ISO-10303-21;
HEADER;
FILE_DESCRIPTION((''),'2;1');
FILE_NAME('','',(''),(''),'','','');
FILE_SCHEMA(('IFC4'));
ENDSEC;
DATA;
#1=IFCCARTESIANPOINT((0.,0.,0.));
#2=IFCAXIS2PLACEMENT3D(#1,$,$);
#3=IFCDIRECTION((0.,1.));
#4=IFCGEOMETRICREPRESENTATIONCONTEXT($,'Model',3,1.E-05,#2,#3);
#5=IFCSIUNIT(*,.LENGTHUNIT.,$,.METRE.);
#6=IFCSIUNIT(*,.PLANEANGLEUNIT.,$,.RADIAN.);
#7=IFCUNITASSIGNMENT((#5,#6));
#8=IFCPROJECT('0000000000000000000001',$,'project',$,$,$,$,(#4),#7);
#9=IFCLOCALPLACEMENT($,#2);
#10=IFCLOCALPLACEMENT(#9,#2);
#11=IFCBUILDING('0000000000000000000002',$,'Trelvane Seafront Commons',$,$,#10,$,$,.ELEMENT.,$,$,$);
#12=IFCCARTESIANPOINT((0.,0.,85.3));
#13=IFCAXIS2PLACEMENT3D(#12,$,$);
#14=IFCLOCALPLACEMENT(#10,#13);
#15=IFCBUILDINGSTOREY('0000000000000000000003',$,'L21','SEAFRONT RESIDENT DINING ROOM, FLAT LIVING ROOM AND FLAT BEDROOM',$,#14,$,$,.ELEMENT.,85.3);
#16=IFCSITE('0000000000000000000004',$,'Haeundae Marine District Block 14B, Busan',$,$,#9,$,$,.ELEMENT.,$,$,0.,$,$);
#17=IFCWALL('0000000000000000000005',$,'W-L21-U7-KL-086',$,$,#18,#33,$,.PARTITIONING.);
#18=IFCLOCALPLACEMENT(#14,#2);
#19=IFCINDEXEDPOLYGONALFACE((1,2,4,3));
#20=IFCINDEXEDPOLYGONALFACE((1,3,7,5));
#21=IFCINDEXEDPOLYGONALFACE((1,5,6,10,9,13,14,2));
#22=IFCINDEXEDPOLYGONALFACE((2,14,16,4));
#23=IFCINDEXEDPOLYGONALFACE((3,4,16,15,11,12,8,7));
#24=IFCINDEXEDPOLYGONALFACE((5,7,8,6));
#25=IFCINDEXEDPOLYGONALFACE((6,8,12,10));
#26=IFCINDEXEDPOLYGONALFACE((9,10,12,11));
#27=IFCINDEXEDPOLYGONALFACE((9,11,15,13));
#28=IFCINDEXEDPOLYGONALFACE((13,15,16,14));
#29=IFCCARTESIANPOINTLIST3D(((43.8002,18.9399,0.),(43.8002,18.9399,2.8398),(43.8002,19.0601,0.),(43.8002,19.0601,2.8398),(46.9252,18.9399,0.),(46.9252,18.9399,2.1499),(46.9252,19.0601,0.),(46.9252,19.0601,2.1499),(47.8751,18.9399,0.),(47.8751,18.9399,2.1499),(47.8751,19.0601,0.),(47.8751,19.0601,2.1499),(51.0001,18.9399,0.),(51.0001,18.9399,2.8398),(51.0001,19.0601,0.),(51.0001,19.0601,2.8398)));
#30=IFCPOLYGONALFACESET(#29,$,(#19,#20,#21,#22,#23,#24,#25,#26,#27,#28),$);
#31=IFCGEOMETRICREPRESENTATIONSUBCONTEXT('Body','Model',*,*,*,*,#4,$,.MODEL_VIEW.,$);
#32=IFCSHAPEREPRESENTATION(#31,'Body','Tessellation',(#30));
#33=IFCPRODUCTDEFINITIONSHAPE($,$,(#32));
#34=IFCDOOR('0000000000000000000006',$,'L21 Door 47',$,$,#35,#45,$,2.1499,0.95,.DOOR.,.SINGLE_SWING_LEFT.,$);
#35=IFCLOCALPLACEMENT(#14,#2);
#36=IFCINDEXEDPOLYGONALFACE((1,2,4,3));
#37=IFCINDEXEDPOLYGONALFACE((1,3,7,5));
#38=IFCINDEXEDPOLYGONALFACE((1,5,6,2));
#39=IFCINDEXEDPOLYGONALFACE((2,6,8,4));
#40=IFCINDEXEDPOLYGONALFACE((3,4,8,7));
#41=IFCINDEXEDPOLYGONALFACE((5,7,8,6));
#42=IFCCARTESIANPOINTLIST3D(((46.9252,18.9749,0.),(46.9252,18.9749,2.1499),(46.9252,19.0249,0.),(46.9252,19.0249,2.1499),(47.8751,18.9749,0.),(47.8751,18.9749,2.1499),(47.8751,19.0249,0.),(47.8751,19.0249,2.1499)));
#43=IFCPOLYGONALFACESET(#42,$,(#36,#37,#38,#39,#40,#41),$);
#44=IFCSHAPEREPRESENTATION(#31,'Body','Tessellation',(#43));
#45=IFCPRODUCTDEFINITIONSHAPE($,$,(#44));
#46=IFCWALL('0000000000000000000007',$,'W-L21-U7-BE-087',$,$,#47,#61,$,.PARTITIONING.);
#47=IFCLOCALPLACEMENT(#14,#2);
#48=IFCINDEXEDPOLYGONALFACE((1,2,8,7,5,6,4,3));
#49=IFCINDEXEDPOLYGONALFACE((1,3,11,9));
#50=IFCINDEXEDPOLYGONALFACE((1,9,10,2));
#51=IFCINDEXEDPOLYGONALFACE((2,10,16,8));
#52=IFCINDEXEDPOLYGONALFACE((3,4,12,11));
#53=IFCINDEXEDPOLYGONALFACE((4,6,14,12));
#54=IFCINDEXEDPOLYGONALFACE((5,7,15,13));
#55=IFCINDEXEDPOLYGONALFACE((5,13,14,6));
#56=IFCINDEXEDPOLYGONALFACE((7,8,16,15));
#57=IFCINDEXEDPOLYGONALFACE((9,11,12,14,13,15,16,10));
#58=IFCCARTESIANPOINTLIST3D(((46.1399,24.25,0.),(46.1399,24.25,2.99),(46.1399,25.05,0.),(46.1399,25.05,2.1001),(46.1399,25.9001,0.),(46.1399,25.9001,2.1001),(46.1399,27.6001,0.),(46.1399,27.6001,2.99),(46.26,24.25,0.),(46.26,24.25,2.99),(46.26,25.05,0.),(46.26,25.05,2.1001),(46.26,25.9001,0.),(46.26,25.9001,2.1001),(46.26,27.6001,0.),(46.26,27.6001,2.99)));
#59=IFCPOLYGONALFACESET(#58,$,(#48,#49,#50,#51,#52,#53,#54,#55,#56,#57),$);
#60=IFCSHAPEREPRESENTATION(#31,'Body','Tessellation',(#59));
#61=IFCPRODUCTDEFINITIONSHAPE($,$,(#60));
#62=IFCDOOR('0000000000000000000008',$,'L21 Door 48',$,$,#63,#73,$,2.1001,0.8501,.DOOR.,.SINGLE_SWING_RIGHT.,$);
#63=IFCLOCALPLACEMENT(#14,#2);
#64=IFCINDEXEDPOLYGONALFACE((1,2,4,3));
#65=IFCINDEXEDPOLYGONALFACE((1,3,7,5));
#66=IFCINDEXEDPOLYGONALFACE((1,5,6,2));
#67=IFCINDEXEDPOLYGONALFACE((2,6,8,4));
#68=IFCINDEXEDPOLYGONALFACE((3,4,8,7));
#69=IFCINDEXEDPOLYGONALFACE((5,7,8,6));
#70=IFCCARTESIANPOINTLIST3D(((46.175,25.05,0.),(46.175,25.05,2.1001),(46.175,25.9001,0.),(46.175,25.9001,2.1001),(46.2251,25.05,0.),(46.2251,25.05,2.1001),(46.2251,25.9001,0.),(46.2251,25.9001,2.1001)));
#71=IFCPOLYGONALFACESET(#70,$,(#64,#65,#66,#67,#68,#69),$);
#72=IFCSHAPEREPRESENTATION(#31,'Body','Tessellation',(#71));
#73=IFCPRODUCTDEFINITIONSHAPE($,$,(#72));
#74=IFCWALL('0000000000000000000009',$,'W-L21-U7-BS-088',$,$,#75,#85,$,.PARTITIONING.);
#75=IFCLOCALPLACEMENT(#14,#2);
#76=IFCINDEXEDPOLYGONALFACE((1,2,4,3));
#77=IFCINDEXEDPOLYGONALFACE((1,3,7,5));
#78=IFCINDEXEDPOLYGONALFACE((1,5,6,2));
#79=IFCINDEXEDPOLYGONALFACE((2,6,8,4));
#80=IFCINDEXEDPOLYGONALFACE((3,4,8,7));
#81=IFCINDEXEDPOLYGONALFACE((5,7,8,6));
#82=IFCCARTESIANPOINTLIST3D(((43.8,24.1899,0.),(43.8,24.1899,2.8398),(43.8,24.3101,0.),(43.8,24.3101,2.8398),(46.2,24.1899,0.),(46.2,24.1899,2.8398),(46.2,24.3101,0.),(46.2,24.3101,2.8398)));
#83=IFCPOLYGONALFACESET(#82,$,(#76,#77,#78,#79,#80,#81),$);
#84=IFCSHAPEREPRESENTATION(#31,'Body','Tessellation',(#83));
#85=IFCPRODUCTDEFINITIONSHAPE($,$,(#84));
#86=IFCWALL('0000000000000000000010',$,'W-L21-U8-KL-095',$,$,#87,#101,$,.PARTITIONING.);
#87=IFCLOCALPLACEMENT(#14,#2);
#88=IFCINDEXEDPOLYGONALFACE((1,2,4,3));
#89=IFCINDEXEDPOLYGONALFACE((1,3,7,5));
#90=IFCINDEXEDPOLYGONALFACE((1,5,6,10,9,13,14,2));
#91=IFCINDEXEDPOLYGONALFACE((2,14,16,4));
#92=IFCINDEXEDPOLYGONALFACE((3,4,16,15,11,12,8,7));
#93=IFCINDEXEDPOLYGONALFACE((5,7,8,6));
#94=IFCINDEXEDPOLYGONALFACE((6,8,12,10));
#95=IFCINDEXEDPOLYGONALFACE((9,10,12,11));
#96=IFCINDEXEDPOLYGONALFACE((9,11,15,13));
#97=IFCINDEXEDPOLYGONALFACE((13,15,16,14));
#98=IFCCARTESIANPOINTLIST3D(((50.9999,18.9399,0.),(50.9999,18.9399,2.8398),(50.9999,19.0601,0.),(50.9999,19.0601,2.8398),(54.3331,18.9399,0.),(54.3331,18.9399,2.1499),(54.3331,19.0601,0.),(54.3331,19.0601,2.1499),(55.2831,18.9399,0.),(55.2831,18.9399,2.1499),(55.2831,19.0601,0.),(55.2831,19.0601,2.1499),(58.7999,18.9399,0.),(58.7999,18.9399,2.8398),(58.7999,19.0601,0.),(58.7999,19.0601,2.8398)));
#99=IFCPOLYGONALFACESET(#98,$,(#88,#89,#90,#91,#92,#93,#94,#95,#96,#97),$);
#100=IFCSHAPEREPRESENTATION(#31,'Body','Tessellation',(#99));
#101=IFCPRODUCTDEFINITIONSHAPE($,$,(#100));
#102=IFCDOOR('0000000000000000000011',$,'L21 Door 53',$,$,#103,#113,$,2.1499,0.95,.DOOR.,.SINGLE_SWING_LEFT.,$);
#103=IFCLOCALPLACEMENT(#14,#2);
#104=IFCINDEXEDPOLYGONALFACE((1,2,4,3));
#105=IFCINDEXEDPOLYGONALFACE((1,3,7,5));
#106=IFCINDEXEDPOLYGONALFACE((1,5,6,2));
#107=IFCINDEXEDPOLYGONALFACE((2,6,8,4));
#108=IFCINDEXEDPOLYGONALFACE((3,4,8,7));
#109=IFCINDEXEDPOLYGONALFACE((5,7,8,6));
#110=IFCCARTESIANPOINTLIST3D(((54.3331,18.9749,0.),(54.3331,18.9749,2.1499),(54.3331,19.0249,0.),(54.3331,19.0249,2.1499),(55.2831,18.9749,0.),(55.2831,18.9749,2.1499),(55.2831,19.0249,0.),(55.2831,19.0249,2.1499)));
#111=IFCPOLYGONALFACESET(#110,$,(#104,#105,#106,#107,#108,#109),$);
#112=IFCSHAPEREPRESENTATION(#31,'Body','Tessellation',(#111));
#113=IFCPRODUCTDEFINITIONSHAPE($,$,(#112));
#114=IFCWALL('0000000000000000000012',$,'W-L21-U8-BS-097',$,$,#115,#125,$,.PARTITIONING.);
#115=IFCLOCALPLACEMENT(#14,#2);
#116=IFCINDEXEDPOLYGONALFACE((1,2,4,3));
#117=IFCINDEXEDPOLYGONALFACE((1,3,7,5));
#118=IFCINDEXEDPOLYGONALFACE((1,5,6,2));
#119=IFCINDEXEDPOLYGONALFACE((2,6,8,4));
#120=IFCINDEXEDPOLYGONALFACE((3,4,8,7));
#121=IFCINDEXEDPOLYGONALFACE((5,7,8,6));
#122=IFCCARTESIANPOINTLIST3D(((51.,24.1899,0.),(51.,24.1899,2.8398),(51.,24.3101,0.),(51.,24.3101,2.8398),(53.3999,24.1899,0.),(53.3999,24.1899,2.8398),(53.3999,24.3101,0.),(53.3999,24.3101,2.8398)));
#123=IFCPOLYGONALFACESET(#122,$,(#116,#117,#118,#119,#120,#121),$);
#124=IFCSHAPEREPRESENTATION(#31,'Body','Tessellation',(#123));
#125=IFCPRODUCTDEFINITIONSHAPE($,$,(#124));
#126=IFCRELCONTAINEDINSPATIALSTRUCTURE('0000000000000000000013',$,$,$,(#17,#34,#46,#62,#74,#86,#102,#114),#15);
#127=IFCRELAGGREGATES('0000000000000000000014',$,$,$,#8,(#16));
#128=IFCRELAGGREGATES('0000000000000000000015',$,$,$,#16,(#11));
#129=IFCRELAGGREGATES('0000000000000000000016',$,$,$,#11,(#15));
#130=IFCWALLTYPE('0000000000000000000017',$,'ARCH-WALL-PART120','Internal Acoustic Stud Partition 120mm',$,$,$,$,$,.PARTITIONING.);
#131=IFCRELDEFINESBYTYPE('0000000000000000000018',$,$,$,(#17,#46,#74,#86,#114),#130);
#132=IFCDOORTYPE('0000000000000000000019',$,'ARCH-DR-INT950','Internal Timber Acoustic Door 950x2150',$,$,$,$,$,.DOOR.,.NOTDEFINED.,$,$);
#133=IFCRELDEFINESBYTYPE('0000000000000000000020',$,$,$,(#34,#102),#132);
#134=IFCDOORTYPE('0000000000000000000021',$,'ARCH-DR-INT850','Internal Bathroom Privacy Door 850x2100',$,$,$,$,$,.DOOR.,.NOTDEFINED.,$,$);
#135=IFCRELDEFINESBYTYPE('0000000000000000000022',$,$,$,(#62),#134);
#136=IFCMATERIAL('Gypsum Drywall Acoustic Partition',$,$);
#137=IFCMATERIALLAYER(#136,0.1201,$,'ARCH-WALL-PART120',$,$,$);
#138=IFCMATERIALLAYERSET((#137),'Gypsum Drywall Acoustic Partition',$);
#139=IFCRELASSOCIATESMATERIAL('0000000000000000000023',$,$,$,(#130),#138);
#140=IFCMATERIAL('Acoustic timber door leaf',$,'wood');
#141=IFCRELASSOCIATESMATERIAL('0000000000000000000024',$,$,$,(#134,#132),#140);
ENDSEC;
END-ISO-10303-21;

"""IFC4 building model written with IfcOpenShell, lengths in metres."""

from ifc_helpers import new_model, si_unit, direction, frame, frame_2d, origin, place, context, subcontext, project, spatial, rectangle, extrude, source, transform, mapped, material, layer, layer_set, type_object, element, fill, save


model = new_model("IFC4")

# Units and contexts
model_context = context("Model", 3, precision=1e-05, world=origin(), true_north=direction((0.0, 1.0)))
body_context = subcontext(model_context, "Body", "Model", "MODEL_VIEW")
ifc_project = project(units=[si_unit("LENGTHUNIT", "METRE"), si_unit("PLANEANGLEUNIT", "RADIAN")], contexts=[model_context])

# Site, building, storey
site_placement = place(None, origin())
site = spatial("IfcSite", under=ifc_project, at=site_placement, Name="Haeundae Marine District Block 14B, Busan", CompositionType="ELEMENT", RefElevation=0.0)
building_placement = place(site_placement, origin())
building = spatial("IfcBuilding", under=site, at=building_placement, Name="Trelvane Seafront Commons", CompositionType="ELEMENT")
storey_placement = place(building_placement, frame((0.0, 0.0, 85.3)))
storey = spatial("IfcBuildingStorey", under=building, at=storey_placement, Name="L21", Description="SEAFRONT RESIDENT DINING ROOM, FLAT LIVING ROOM AND FLAT BEDROOM", CompositionType="ELEMENT", Elevation=85.3)

# Walls, openings, doors
ifc_material_1 = material(Name="Gypsum Drywall Acoustic Partition")
ifc_layer = layer(ifc_material_1, 0.1201, Name="ARCH-WALL-PART120")
ifc_layer_set = layer_set([ifc_layer], Name="Gypsum Drywall Acoustic Partition")
wall_type = type_object("IfcWallType", Name="ARCH-WALL-PART120", Description="Internal Acoustic Stud Partition 120mm", PredefinedType="PARTITIONING", material=ifc_layer_set)
ifc_material_2 = material(Name="Acoustic timber door leaf", Category="wood")
door_type_1 = type_object("IfcDoorType", Name="ARCH-DR-INT850", Description="Internal Bathroom Privacy Door 850x2100", OperationType="NOTDEFINED", PredefinedType="DOOR", material=ifc_material_2)
shared_shape_1 = source(origin(), body_context, "Body", "SweptSolid", [
    extrude(rectangle(XDim=0.8501, YDim=2.1001, at=frame_2d((0.425, 1.05))), frame((0.0, 0.0249, 0.0), z_axis=(0.0, -1.0, 0.0), x_axis=(1.0, 0.0, 0.0)), (0.0, 0.0, 1.0), 0.05),
])
wall_1_placement = place(storey_placement, frame((43.8, 19.0, 0.0), z_axis=(0.0, 0.0, 1.0), x_axis=(1.0, 0.0, 0.0)))
wall_1 = element("IfcWall", 1, at=wall_1_placement, inside=storey, type_object=wall_type, Name="W-L21-U7-KL-086", PredefinedType="PARTITIONING", context=body_context, shape_type="SweptSolid", body=[
    extrude(rectangle(XDim=7.2, YDim=0.1201, at=frame_2d((3.6001, 0.0))), origin(), (0.0, 0.0, 1.0), 2.8398),
])
opening_1_placement = place(wall_1_placement, frame((3.125, 0.0, 0.0)))
opening_1 = element("IfcOpeningElement", 2, at=opening_1_placement, cuts=wall_1, PredefinedType="OPENING", context=body_context, shape_type="SweptSolid", body=[
    extrude(rectangle(XDim=0.95, YDim=2.1499, at=frame_2d((0.4751, 1.075))), frame((0.0, 0.0701, 0.0), z_axis=(0.0, -1.0, 0.0), x_axis=(1.0, 0.0, 0.0)), (0.0, 0.0, 1.0), 0.1401),
])
door_type_2 = type_object("IfcDoorType", Name="ARCH-DR-INT950", Description="Internal Timber Acoustic Door 950x2150", OperationType="NOTDEFINED", PredefinedType="DOOR", material=ifc_material_2)
shared_shape_2 = source(origin(), body_context, "Body", "SweptSolid", [
    extrude(rectangle(XDim=0.95, YDim=2.1499, at=frame_2d((0.4751, 1.075))), frame((0.0, 0.0249, 0.0), z_axis=(0.0, -1.0, 0.0), x_axis=(1.0, 0.0, 0.0)), (0.0, 0.0, 1.0), 0.05),
])
door_1_placement = place(opening_1_placement, origin())
door_1 = element("IfcDoor", 3, at=door_1_placement, inside=storey, type_object=door_type_2, Name="L21 Door 47", OperationType="SINGLE_SWING_LEFT", OverallHeight=2.1499, OverallWidth=0.95, PredefinedType="DOOR", context=body_context, shape_type="MappedRepresentation", body=[
    mapped(shared_shape_2, transform((0.0, 0.0, 0.0), x_axis=(1.0, 0.0, 0.0), y_axis=(0.0, 1.0, 0.0), z_axis=(0.0, 0.0, 1.0), scale=1.0)),
])
fill(opening_1, door_1)
wall_2_placement = place(storey_placement, frame((46.2, 24.25, 0.0), z_axis=(0.0, 0.0, 1.0), x_axis=(0.0, 1.0, 0.0)))
wall_2 = element("IfcWall", 4, at=wall_2_placement, inside=storey, type_object=wall_type, Name="W-L21-U7-BE-087", PredefinedType="PARTITIONING", context=body_context, shape_type="SweptSolid", body=[
    extrude(rectangle(XDim=3.3501, YDim=0.1201, at=frame_2d((1.675, 0.0))), origin(), (0.0, 0.0, 1.0), 2.99),
])
opening_2_placement = place(wall_2_placement, frame((0.8, 0.0, 0.0)))
opening_2 = element("IfcOpeningElement", 5, at=opening_2_placement, cuts=wall_2, PredefinedType="OPENING", context=body_context, shape_type="SweptSolid", body=[
    extrude(rectangle(XDim=0.8501, YDim=2.1001, at=frame_2d((0.425, 1.05))), frame((0.0, 0.0701, 0.0), z_axis=(0.0, -1.0, 0.0), x_axis=(1.0, 0.0, 0.0)), (0.0, 0.0, 1.0), 0.1401),
])
door_2_placement = place(opening_2_placement, origin())
door_2 = element("IfcDoor", 6, at=door_2_placement, inside=storey, type_object=door_type_1, Name="L21 Door 48", OperationType="SINGLE_SWING_RIGHT", OverallHeight=2.1001, OverallWidth=0.8501, PredefinedType="DOOR", context=body_context, shape_type="MappedRepresentation", body=[
    mapped(shared_shape_1, transform((0.0, 0.0, 0.0), x_axis=(1.0, 0.0, 0.0), y_axis=(0.0, 1.0, 0.0), z_axis=(0.0, 0.0, 1.0), scale=1.0)),
])
fill(opening_2, door_2)

# Wall
wall_3_placement = place(storey_placement, frame((43.8, 24.25, 0.0), z_axis=(0.0, 0.0, 1.0), x_axis=(1.0, 0.0, 0.0)))
element("IfcWall", 7, at=wall_3_placement, inside=storey, type_object=wall_type, Name="W-L21-U7-BS-088", PredefinedType="PARTITIONING", context=body_context, shape_type="SweptSolid", body=[
    extrude(rectangle(XDim=2.3999, YDim=0.1201, at=frame_2d((1.2, 0.0))), origin(), (0.0, 0.0, 1.0), 2.8398),
])

# Wall, opening, door
wall_4_placement = place(storey_placement, frame((51.0, 19.0, 0.0), z_axis=(0.0, 0.0, 1.0), x_axis=(1.0, 0.0, 0.0)))
wall_4 = element("IfcWall", 8, at=wall_4_placement, inside=storey, type_object=wall_type, Name="W-L21-U8-KL-095", PredefinedType="PARTITIONING", context=body_context, shape_type="SweptSolid", body=[
    extrude(rectangle(XDim=7.8, YDim=0.1201, at=frame_2d((3.8999, 0.0))), origin(), (0.0, 0.0, 1.0), 2.8398),
])
opening_3_placement = place(wall_4_placement, frame((3.333, 0.0, 0.0)))
opening_3 = element("IfcOpeningElement", 9, at=opening_3_placement, cuts=wall_4, PredefinedType="OPENING", context=body_context, shape_type="SweptSolid", body=[
    extrude(rectangle(XDim=0.95, YDim=2.1499, at=frame_2d((0.4751, 1.075))), frame((0.0, 0.0701, 0.0), z_axis=(0.0, -1.0, 0.0), x_axis=(1.0, 0.0, 0.0)), (0.0, 0.0, 1.0), 0.1401),
])
door_3_placement = place(opening_3_placement, origin())
door_3 = element("IfcDoor", 10, at=door_3_placement, inside=storey, type_object=door_type_2, Name="L21 Door 53", OperationType="SINGLE_SWING_LEFT", OverallHeight=2.1499, OverallWidth=0.95, PredefinedType="DOOR", context=body_context, shape_type="MappedRepresentation", body=[
    mapped(shared_shape_2, transform((0.0, 0.0, 0.0), x_axis=(1.0, 0.0, 0.0), y_axis=(0.0, 1.0, 0.0), z_axis=(0.0, 0.0, 1.0), scale=1.0)),
])
fill(opening_3, door_3)

# Wall
wall_5_placement = place(storey_placement, frame((51.0, 24.25, 0.0), z_axis=(0.0, 0.0, 1.0), x_axis=(1.0, 0.0, 0.0)))
element("IfcWall", 11, at=wall_5_placement, inside=storey, type_object=wall_type, Name="W-L21-U8-BS-097", PredefinedType="PARTITIONING", context=body_context, shape_type="SweptSolid", body=[
    extrude(rectangle(XDim=2.3999, YDim=0.1201, at=frame_2d((1.2, 0.0))), origin(), (0.0, 0.0, 1.0), 2.8398),
])

save(model, "model.ifc")
